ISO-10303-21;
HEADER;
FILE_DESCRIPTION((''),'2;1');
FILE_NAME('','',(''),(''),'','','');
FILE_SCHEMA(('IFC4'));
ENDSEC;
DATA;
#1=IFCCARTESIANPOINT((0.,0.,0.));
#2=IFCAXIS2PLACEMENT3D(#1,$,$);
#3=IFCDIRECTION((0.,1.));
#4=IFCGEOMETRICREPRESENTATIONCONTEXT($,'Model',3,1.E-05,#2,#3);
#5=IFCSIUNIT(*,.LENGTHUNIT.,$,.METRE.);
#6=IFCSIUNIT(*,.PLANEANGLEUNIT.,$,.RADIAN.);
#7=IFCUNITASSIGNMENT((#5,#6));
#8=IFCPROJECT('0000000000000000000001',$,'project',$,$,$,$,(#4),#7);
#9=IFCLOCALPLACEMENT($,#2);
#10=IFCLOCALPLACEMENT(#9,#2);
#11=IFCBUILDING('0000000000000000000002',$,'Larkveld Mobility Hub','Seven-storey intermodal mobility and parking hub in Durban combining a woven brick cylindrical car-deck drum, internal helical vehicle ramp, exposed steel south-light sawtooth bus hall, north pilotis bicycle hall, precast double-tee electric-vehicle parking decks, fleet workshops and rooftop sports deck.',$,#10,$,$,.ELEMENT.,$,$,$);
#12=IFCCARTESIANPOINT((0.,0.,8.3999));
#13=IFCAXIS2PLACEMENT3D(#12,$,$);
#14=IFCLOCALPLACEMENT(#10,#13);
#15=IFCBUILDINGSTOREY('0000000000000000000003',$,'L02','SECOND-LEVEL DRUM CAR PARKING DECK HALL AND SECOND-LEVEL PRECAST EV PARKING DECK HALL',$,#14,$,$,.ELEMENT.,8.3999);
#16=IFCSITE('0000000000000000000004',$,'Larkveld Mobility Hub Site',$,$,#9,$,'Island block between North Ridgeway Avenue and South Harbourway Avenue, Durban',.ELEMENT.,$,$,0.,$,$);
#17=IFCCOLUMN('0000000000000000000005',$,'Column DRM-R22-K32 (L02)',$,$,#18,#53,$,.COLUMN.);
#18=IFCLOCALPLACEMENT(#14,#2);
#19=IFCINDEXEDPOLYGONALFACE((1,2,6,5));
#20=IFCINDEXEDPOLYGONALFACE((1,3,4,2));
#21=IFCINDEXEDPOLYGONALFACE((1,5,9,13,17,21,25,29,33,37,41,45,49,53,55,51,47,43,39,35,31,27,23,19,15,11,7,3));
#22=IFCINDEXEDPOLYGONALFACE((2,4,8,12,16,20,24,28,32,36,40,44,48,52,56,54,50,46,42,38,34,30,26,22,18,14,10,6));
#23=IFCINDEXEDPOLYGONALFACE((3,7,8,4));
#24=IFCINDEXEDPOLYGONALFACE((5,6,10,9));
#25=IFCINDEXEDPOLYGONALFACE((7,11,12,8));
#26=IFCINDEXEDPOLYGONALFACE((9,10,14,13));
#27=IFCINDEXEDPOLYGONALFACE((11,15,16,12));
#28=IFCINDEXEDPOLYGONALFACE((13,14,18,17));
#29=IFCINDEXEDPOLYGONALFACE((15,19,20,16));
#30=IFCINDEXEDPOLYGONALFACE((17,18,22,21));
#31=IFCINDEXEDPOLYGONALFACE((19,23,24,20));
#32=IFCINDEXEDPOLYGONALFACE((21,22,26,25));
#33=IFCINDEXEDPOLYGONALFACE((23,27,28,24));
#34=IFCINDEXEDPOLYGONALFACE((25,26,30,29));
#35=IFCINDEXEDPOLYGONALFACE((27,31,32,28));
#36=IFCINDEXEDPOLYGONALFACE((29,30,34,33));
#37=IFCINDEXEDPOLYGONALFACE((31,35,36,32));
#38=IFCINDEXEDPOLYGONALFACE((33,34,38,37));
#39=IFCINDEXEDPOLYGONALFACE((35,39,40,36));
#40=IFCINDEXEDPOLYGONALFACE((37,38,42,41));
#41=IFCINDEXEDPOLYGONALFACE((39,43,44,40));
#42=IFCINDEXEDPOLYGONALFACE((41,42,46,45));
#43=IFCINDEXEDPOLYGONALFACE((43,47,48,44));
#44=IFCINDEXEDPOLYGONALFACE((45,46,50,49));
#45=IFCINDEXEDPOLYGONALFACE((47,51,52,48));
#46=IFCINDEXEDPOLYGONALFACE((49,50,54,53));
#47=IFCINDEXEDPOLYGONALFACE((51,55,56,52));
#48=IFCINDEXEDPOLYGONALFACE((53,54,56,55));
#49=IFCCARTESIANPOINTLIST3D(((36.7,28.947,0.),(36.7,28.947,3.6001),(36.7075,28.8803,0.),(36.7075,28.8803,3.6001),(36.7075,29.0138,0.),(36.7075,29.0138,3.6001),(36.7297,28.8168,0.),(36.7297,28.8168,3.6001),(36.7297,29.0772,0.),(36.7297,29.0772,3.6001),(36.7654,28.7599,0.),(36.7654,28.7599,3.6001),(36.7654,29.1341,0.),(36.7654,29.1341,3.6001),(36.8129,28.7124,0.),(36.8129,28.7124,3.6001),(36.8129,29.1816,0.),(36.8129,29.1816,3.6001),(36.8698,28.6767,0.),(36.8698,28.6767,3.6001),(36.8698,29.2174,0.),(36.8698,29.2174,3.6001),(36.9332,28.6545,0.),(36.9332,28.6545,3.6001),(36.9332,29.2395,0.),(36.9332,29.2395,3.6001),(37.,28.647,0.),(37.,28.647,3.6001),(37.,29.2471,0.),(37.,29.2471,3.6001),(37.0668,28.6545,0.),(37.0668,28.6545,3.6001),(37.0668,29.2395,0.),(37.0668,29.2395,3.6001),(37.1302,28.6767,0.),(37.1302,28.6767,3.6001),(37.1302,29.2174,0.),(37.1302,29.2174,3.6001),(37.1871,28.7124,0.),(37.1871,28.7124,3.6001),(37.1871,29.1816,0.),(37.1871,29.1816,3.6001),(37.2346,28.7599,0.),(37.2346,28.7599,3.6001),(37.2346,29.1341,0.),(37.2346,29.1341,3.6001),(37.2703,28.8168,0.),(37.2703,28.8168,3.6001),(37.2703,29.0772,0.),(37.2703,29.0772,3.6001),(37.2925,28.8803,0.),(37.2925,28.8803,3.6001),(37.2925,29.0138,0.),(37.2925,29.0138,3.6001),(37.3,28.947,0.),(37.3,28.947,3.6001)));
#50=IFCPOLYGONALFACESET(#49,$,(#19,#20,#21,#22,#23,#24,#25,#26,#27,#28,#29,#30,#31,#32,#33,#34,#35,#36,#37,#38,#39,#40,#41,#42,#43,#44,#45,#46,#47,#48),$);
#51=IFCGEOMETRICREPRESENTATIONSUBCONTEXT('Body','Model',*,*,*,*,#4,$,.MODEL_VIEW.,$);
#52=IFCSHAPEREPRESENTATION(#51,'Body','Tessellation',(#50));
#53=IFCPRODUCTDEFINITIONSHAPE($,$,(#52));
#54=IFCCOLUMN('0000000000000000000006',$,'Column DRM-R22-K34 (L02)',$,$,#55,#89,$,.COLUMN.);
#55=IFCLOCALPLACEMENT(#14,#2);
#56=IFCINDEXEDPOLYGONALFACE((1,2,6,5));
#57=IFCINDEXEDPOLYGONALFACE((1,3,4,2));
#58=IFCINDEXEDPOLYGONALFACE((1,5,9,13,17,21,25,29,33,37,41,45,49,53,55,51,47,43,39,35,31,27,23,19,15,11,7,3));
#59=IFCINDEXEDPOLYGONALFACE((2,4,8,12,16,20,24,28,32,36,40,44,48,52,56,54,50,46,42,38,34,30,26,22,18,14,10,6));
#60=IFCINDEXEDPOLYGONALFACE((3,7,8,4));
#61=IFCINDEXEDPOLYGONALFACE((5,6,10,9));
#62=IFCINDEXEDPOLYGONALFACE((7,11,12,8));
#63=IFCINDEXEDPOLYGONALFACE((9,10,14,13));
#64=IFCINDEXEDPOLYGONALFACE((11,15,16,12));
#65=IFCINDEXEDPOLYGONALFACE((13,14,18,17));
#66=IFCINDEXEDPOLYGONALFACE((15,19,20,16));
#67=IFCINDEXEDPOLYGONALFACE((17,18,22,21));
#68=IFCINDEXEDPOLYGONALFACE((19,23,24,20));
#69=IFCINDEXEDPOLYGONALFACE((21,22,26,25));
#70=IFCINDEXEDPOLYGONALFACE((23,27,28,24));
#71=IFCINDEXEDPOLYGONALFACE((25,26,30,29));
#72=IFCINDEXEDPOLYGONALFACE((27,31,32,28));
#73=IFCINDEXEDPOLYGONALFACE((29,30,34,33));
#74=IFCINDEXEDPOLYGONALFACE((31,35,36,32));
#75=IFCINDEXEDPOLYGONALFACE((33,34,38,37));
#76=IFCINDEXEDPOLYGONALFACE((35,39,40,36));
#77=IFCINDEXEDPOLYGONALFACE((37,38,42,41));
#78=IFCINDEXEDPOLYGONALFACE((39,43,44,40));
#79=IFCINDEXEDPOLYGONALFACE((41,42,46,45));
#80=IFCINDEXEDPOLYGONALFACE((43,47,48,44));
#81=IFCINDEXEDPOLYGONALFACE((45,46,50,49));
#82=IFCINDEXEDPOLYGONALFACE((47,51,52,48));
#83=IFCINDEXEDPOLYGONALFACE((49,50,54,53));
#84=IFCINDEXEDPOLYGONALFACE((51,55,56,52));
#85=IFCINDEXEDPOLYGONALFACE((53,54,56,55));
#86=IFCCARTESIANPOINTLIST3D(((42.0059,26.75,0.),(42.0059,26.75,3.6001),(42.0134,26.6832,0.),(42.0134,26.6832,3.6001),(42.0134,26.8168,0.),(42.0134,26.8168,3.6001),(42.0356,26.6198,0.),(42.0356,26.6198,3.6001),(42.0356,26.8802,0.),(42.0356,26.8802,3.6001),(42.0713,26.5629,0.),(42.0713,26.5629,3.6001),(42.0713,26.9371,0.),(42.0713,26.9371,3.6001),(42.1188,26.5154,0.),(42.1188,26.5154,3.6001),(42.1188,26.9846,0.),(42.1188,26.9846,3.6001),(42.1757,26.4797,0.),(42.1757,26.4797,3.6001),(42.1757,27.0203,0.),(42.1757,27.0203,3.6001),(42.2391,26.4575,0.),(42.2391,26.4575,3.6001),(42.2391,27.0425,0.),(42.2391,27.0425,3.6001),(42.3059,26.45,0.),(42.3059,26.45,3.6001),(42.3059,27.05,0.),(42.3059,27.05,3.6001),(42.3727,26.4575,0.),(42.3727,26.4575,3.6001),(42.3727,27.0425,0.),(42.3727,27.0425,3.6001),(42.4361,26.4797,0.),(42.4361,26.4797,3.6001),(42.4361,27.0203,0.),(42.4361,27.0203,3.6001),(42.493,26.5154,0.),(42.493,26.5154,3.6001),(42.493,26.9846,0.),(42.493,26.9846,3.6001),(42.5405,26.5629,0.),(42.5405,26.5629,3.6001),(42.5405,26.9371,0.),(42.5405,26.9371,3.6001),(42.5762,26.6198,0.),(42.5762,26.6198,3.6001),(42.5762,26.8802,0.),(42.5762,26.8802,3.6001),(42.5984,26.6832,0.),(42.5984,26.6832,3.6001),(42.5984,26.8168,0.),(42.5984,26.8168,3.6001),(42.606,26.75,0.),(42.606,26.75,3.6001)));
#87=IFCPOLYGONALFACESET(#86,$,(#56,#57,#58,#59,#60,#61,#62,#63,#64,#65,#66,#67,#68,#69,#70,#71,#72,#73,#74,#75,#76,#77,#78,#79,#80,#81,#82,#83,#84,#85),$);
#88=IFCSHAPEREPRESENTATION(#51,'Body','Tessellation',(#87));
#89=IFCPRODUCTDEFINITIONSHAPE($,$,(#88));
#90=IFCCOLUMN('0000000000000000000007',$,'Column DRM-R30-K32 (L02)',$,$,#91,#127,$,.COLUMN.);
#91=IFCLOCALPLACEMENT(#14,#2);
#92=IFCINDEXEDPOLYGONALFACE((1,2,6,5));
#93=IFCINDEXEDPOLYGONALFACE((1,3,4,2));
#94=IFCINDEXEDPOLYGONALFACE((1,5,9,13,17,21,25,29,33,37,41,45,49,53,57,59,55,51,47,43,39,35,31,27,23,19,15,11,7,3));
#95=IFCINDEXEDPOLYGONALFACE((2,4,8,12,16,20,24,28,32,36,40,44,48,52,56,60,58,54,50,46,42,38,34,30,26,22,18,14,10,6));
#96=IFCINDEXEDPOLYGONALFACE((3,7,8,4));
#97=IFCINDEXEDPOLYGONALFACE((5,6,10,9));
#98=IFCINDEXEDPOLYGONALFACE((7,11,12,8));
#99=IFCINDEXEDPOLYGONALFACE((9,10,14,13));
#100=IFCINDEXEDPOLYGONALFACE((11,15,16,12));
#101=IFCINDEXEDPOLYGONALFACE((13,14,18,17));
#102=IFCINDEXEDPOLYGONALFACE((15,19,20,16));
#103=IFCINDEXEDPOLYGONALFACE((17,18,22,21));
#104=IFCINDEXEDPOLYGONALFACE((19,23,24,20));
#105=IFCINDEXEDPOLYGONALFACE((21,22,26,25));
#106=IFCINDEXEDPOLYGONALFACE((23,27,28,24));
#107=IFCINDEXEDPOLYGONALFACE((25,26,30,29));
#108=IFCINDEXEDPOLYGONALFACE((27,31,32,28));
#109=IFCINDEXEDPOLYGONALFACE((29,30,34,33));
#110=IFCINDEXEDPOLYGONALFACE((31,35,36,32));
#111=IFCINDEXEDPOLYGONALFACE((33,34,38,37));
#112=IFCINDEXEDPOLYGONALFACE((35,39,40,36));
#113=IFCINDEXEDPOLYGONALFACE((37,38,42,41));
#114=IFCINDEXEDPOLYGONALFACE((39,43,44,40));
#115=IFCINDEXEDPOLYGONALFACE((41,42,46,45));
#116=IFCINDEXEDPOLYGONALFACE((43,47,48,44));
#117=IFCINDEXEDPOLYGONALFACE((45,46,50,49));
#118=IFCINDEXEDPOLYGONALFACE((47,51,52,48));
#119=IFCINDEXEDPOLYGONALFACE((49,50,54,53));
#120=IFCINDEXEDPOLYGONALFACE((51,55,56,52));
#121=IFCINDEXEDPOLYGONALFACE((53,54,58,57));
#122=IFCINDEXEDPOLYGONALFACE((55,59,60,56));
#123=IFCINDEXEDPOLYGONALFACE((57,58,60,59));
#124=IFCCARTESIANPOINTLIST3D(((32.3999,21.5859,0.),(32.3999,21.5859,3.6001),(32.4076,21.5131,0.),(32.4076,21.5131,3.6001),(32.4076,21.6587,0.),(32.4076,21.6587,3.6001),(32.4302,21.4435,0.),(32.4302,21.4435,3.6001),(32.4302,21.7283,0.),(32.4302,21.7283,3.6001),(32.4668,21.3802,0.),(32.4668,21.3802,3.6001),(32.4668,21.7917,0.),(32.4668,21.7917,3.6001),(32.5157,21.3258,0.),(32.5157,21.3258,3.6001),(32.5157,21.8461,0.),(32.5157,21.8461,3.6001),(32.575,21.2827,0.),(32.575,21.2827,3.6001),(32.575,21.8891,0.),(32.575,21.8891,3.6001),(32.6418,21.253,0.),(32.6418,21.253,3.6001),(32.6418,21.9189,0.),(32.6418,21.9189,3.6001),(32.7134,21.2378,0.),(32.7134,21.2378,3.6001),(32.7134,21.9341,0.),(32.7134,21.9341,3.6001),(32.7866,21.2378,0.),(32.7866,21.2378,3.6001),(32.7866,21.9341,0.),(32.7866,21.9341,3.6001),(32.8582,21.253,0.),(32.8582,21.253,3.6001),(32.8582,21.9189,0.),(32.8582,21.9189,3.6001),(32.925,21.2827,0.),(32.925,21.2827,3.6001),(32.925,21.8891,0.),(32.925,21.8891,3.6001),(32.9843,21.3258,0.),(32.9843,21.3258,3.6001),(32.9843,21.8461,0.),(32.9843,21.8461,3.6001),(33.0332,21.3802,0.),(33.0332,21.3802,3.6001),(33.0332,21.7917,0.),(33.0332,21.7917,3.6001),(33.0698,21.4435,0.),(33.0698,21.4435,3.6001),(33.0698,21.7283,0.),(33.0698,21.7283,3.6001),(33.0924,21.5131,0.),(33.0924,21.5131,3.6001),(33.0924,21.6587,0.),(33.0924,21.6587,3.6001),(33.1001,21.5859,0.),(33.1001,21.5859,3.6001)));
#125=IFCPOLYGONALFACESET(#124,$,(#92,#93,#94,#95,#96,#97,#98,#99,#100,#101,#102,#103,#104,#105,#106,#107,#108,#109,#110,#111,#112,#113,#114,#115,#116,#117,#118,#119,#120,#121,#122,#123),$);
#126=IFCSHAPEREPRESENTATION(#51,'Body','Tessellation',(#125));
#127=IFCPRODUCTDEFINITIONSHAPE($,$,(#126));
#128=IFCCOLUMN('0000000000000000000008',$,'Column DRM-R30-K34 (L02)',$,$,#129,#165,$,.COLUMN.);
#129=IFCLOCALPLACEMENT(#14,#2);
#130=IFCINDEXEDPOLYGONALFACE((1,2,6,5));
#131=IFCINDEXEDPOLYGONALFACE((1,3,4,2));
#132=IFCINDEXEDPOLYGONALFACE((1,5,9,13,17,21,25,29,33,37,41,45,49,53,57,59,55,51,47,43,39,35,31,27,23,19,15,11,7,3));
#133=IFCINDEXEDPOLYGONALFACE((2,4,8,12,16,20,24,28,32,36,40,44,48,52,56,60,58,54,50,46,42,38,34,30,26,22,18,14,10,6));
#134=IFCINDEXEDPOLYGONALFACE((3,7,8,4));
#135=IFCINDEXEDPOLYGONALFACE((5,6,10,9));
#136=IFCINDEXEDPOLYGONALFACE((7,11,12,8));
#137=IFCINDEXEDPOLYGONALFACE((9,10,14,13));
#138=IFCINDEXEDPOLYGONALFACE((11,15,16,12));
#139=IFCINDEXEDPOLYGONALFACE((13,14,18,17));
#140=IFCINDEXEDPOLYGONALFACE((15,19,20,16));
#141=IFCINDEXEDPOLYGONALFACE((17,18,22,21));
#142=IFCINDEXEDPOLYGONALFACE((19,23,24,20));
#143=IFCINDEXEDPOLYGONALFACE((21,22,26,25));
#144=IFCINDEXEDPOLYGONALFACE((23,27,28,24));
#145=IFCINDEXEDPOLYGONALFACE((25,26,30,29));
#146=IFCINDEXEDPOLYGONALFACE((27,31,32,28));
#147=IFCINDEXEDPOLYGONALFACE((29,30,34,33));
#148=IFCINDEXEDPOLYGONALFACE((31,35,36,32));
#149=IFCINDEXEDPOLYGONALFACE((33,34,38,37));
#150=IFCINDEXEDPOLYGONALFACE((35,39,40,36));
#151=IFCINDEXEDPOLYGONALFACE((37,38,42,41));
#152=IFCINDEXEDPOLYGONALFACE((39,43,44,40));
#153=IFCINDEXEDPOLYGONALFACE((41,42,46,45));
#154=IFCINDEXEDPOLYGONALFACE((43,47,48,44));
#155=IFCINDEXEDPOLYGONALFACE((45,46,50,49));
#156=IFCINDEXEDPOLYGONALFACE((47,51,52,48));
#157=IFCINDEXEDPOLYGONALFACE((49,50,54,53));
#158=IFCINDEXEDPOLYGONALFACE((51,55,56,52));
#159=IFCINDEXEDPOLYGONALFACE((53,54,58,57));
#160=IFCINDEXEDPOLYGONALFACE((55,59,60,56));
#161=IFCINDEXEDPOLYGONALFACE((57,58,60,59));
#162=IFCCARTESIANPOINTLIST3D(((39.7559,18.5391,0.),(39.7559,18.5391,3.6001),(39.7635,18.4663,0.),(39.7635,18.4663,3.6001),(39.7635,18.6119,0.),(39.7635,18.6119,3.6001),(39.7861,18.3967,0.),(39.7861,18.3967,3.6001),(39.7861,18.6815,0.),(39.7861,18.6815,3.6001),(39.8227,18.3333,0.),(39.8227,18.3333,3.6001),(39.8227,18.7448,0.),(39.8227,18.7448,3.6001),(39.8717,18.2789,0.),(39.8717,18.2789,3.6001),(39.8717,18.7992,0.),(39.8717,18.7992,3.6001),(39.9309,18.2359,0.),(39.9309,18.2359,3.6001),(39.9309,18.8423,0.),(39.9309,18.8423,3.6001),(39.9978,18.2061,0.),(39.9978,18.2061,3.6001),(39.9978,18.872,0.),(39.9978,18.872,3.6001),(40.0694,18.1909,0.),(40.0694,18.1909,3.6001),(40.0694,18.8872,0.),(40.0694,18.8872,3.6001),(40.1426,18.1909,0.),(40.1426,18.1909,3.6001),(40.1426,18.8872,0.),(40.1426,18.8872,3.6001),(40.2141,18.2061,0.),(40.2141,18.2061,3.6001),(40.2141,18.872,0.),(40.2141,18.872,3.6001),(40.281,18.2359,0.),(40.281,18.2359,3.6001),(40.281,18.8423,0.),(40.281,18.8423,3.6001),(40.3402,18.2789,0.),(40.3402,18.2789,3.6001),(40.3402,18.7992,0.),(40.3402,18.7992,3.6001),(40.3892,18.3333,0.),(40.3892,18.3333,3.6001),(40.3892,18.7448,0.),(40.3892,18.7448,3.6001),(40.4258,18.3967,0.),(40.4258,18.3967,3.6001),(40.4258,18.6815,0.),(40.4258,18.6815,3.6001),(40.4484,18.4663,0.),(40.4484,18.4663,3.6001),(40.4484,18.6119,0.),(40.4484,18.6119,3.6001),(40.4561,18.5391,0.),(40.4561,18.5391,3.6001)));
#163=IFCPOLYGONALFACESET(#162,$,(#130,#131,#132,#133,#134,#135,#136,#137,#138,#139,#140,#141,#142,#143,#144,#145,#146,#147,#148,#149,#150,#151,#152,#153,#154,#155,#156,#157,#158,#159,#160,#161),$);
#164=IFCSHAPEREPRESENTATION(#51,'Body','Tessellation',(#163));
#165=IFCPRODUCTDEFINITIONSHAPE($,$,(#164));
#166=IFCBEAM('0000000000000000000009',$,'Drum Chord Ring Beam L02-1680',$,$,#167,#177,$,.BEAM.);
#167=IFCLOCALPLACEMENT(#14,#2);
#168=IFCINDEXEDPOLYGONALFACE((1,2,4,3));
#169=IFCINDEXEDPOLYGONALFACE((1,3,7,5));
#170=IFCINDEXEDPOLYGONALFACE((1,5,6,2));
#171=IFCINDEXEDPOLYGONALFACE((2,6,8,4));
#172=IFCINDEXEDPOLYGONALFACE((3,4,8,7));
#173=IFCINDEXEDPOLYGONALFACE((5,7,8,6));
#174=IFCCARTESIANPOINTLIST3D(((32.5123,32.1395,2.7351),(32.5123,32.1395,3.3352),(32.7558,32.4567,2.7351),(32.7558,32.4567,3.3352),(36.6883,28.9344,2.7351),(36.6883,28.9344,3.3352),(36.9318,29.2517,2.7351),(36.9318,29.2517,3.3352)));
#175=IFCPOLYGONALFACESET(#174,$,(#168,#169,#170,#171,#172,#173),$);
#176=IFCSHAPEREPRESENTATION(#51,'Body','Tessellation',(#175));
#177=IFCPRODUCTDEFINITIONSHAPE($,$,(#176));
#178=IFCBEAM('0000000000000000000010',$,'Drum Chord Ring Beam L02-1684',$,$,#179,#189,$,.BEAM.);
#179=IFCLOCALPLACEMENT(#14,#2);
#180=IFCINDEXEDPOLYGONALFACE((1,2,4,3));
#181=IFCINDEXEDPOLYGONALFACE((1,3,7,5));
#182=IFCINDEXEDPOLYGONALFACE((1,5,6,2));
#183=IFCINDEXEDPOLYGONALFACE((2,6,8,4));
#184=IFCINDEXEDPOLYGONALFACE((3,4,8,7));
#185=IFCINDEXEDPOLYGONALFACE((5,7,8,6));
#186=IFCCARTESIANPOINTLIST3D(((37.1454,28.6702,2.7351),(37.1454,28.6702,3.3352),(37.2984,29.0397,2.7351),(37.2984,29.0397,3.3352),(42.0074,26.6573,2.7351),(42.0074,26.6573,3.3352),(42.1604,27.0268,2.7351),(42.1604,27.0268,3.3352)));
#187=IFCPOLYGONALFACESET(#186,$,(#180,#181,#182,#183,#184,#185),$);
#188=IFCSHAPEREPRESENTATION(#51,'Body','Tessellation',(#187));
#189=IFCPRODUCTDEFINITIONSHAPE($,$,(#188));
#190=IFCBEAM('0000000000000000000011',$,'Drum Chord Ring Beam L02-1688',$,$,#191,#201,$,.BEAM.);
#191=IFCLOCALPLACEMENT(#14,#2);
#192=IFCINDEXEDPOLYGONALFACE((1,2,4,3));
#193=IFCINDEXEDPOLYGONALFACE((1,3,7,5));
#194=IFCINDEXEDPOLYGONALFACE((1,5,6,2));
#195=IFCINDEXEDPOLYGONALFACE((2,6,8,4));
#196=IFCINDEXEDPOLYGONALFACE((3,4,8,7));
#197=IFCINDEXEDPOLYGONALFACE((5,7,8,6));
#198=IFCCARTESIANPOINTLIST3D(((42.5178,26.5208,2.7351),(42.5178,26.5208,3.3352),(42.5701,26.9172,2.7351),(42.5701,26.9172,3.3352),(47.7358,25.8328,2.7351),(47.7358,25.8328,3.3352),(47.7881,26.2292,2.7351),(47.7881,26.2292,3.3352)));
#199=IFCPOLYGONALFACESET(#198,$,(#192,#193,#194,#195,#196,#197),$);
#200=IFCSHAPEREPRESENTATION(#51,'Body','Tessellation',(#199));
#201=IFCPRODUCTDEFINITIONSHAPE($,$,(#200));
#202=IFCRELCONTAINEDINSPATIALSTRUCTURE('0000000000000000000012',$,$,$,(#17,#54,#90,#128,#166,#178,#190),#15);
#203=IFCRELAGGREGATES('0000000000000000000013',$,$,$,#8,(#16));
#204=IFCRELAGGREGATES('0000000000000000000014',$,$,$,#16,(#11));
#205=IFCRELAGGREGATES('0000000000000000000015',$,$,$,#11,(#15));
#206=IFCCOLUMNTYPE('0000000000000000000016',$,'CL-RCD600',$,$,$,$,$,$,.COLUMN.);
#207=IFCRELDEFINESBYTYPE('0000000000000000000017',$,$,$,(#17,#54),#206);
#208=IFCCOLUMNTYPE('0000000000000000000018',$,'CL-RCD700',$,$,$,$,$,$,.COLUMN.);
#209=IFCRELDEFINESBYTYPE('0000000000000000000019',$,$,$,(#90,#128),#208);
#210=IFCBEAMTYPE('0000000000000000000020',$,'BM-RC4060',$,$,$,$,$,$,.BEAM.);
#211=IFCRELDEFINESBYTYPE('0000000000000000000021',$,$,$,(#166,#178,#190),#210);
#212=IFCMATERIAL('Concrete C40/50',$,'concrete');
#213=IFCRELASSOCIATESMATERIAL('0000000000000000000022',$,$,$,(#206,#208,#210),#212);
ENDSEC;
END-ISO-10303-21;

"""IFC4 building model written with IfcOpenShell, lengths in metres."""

from ifc_helpers import new_model, si_unit, direction, frame, origin, origin_2d, place, context, subcontext, project, spatial, rectangle, circle, extrude, material, material_profile, profile_set, type_object, element, save


model = new_model("IFC4")

# Units and contexts
model_context = context("Model", 3, precision=1e-05, world=origin(), true_north=direction((0.0, 1.0)))
body_context = subcontext(model_context, "Body", "Model", "MODEL_VIEW")
ifc_project = project(units=[si_unit("LENGTHUNIT", "METRE"), si_unit("PLANEANGLEUNIT", "RADIAN")], contexts=[model_context])

# Site, building, storey
site_placement = place(None, origin())
site = spatial("IfcSite", under=ifc_project, at=site_placement, Name="Larkveld Mobility Hub Site", LongName="Island block between North Ridgeway Avenue and South Harbourway Avenue, Durban", CompositionType="ELEMENT", RefElevation=0.0)
building_placement = place(site_placement, origin())
building = spatial("IfcBuilding", under=site, at=building_placement, Name="Larkveld Mobility Hub", Description="Seven-storey intermodal mobility and parking hub in Durban combining a woven brick cylindrical car-deck drum, internal helical vehicle ramp, exposed steel south-light sawtooth bus hall, north pilotis bicycle hall, precast double-tee electric-vehicle parking decks, fleet workshops and rooftop sports deck.", CompositionType="ELEMENT")
storey_placement = place(building_placement, frame((0.0, 0.0, 8.3999)))
storey = spatial("IfcBuildingStorey", under=building, at=storey_placement, Name="L02", Description="SECOND-LEVEL DRUM CAR PARKING DECK HALL AND SECOND-LEVEL PRECAST EV PARKING DECK HALL", CompositionType="ELEMENT", Elevation=8.3999)

# Columns
ifc_material_1 = material(Name="Concrete C40/50", Category="concrete")
ifc_material_profile_1 = material_profile(ifc_material_1, circle(Radius=0.3, at=origin_2d()), Name="RC COL D600")
ifc_profile_set_1 = profile_set([ifc_material_profile_1], Name="Concrete C40/50")
column_type_1 = type_object("IfcColumnType", Name="CL-RCD600", PredefinedType="COLUMN", material=ifc_profile_set_1)
for number, where, z_axis, x_axis, name in (
    (1, (37.0, 28.947, 0.0), (0.0, 0.0, 1.0), (1.0, 0.0, 0.0), "Column DRM-R22-K32 (L02)"),
    (2, (42.3059, 26.75, 0.0), (0.0, 0.0, 1.0), (1.0, 0.0, 0.0), "Column DRM-R22-K34 (L02)"),
):
    element("IfcColumn", number, at=place(storey_placement, frame(where, z_axis=z_axis, x_axis=x_axis)), inside=storey, type_object=column_type_1, Name=name, PredefinedType="COLUMN", context=body_context, shape_type="SweptSolid", body=[
        extrude(circle(Radius=0.3, at=origin_2d()), origin(), (0.0, 0.0, 1.0), 3.6001),
    ])
ifc_material_profile_2 = material_profile(ifc_material_1, circle(Radius=0.3501, at=origin_2d()), Name="RC COL D700")
ifc_profile_set_2 = profile_set([ifc_material_profile_2], Name="Concrete C40/50")
column_type_2 = type_object("IfcColumnType", Name="CL-RCD700", PredefinedType="COLUMN", material=ifc_profile_set_2)
for number, where, z_axis, x_axis, name in (
    (3, (32.75, 21.5859, 0.0), (0.0, 0.0, 1.0), (1.0, 0.0, 0.0), "Column DRM-R30-K32 (L02)"),
    (4, (40.106, 18.5391, 0.0), (0.0, 0.0, 1.0), (1.0, 0.0, 0.0), "Column DRM-R30-K34 (L02)"),
):
    element("IfcColumn", number, at=place(storey_placement, frame(where, z_axis=z_axis, x_axis=x_axis)), inside=storey, type_object=column_type_2, Name=name, PredefinedType="COLUMN", context=body_context, shape_type="SweptSolid", body=[
        extrude(circle(Radius=0.3501, at=origin_2d()), origin(), (0.0, 0.0, 1.0), 3.6001),
    ])

# Beams
ifc_material_profile_3 = material_profile(ifc_material_1, rectangle(XDim=0.3999, YDim=0.6001, at=origin_2d()), Name="RC BM 400x600")
ifc_profile_set_3 = profile_set([ifc_material_profile_3], Name="Concrete C40/50")
beam_type_1 = type_object("IfcBeamType", Name="BM-RC4060", PredefinedType="BEAM", material=ifc_profile_set_3)
beam_1_placement = place(storey_placement, frame((32.634, 32.2981, 3.0352), z_axis=(0.793289, -0.608845, 0.0), x_axis=(0.608845, 0.793289, 0.0)))
element("IfcBeam", 5, at=beam_1_placement, inside=storey, type_object=beam_type_1, Name="Drum Chord Ring Beam L02-1680", PredefinedType="BEAM", context=body_context, shape_type="SweptSolid", body=[
    extrude(rectangle(XDim=0.3999, YDim=0.6001, at=origin_2d()), origin(), (0.0, 0.0, 1.0), 5.2642),
])
beam_2_placement = place(storey_placement, frame((37.2219, 28.855, 3.0352), z_axis=(0.923946, -0.382523, 0.0), x_axis=(0.382523, 0.923946, 0.0)))
element("IfcBeam", 6, at=beam_2_placement, inside=storey, type_object=beam_type_1, Name="Drum Chord Ring Beam L02-1684", PredefinedType="BEAM", context=body_context, shape_type="SweptSolid", body=[
    extrude(rectangle(XDim=0.3999, YDim=0.6001, at=origin_2d()), origin(), (0.0, 0.0, 1.0), 5.2622),
])
beam_3_placement = place(storey_placement, frame((42.5439, 26.719, 3.0352), z_axis=(0.99142, -0.130717, 0.0), x_axis=(0.130717, 0.99142, 0.0)))
element("IfcBeam", 7, at=beam_3_placement, inside=storey, type_object=beam_type_1, Name="Drum Chord Ring Beam L02-1688", PredefinedType="BEAM", context=body_context, shape_type="SweptSolid", body=[
    extrude(rectangle(XDim=0.3999, YDim=0.6001, at=origin_2d()), origin(), (0.0, 0.0, 1.0), 5.2632),
])

save(model, "model.ifc")
